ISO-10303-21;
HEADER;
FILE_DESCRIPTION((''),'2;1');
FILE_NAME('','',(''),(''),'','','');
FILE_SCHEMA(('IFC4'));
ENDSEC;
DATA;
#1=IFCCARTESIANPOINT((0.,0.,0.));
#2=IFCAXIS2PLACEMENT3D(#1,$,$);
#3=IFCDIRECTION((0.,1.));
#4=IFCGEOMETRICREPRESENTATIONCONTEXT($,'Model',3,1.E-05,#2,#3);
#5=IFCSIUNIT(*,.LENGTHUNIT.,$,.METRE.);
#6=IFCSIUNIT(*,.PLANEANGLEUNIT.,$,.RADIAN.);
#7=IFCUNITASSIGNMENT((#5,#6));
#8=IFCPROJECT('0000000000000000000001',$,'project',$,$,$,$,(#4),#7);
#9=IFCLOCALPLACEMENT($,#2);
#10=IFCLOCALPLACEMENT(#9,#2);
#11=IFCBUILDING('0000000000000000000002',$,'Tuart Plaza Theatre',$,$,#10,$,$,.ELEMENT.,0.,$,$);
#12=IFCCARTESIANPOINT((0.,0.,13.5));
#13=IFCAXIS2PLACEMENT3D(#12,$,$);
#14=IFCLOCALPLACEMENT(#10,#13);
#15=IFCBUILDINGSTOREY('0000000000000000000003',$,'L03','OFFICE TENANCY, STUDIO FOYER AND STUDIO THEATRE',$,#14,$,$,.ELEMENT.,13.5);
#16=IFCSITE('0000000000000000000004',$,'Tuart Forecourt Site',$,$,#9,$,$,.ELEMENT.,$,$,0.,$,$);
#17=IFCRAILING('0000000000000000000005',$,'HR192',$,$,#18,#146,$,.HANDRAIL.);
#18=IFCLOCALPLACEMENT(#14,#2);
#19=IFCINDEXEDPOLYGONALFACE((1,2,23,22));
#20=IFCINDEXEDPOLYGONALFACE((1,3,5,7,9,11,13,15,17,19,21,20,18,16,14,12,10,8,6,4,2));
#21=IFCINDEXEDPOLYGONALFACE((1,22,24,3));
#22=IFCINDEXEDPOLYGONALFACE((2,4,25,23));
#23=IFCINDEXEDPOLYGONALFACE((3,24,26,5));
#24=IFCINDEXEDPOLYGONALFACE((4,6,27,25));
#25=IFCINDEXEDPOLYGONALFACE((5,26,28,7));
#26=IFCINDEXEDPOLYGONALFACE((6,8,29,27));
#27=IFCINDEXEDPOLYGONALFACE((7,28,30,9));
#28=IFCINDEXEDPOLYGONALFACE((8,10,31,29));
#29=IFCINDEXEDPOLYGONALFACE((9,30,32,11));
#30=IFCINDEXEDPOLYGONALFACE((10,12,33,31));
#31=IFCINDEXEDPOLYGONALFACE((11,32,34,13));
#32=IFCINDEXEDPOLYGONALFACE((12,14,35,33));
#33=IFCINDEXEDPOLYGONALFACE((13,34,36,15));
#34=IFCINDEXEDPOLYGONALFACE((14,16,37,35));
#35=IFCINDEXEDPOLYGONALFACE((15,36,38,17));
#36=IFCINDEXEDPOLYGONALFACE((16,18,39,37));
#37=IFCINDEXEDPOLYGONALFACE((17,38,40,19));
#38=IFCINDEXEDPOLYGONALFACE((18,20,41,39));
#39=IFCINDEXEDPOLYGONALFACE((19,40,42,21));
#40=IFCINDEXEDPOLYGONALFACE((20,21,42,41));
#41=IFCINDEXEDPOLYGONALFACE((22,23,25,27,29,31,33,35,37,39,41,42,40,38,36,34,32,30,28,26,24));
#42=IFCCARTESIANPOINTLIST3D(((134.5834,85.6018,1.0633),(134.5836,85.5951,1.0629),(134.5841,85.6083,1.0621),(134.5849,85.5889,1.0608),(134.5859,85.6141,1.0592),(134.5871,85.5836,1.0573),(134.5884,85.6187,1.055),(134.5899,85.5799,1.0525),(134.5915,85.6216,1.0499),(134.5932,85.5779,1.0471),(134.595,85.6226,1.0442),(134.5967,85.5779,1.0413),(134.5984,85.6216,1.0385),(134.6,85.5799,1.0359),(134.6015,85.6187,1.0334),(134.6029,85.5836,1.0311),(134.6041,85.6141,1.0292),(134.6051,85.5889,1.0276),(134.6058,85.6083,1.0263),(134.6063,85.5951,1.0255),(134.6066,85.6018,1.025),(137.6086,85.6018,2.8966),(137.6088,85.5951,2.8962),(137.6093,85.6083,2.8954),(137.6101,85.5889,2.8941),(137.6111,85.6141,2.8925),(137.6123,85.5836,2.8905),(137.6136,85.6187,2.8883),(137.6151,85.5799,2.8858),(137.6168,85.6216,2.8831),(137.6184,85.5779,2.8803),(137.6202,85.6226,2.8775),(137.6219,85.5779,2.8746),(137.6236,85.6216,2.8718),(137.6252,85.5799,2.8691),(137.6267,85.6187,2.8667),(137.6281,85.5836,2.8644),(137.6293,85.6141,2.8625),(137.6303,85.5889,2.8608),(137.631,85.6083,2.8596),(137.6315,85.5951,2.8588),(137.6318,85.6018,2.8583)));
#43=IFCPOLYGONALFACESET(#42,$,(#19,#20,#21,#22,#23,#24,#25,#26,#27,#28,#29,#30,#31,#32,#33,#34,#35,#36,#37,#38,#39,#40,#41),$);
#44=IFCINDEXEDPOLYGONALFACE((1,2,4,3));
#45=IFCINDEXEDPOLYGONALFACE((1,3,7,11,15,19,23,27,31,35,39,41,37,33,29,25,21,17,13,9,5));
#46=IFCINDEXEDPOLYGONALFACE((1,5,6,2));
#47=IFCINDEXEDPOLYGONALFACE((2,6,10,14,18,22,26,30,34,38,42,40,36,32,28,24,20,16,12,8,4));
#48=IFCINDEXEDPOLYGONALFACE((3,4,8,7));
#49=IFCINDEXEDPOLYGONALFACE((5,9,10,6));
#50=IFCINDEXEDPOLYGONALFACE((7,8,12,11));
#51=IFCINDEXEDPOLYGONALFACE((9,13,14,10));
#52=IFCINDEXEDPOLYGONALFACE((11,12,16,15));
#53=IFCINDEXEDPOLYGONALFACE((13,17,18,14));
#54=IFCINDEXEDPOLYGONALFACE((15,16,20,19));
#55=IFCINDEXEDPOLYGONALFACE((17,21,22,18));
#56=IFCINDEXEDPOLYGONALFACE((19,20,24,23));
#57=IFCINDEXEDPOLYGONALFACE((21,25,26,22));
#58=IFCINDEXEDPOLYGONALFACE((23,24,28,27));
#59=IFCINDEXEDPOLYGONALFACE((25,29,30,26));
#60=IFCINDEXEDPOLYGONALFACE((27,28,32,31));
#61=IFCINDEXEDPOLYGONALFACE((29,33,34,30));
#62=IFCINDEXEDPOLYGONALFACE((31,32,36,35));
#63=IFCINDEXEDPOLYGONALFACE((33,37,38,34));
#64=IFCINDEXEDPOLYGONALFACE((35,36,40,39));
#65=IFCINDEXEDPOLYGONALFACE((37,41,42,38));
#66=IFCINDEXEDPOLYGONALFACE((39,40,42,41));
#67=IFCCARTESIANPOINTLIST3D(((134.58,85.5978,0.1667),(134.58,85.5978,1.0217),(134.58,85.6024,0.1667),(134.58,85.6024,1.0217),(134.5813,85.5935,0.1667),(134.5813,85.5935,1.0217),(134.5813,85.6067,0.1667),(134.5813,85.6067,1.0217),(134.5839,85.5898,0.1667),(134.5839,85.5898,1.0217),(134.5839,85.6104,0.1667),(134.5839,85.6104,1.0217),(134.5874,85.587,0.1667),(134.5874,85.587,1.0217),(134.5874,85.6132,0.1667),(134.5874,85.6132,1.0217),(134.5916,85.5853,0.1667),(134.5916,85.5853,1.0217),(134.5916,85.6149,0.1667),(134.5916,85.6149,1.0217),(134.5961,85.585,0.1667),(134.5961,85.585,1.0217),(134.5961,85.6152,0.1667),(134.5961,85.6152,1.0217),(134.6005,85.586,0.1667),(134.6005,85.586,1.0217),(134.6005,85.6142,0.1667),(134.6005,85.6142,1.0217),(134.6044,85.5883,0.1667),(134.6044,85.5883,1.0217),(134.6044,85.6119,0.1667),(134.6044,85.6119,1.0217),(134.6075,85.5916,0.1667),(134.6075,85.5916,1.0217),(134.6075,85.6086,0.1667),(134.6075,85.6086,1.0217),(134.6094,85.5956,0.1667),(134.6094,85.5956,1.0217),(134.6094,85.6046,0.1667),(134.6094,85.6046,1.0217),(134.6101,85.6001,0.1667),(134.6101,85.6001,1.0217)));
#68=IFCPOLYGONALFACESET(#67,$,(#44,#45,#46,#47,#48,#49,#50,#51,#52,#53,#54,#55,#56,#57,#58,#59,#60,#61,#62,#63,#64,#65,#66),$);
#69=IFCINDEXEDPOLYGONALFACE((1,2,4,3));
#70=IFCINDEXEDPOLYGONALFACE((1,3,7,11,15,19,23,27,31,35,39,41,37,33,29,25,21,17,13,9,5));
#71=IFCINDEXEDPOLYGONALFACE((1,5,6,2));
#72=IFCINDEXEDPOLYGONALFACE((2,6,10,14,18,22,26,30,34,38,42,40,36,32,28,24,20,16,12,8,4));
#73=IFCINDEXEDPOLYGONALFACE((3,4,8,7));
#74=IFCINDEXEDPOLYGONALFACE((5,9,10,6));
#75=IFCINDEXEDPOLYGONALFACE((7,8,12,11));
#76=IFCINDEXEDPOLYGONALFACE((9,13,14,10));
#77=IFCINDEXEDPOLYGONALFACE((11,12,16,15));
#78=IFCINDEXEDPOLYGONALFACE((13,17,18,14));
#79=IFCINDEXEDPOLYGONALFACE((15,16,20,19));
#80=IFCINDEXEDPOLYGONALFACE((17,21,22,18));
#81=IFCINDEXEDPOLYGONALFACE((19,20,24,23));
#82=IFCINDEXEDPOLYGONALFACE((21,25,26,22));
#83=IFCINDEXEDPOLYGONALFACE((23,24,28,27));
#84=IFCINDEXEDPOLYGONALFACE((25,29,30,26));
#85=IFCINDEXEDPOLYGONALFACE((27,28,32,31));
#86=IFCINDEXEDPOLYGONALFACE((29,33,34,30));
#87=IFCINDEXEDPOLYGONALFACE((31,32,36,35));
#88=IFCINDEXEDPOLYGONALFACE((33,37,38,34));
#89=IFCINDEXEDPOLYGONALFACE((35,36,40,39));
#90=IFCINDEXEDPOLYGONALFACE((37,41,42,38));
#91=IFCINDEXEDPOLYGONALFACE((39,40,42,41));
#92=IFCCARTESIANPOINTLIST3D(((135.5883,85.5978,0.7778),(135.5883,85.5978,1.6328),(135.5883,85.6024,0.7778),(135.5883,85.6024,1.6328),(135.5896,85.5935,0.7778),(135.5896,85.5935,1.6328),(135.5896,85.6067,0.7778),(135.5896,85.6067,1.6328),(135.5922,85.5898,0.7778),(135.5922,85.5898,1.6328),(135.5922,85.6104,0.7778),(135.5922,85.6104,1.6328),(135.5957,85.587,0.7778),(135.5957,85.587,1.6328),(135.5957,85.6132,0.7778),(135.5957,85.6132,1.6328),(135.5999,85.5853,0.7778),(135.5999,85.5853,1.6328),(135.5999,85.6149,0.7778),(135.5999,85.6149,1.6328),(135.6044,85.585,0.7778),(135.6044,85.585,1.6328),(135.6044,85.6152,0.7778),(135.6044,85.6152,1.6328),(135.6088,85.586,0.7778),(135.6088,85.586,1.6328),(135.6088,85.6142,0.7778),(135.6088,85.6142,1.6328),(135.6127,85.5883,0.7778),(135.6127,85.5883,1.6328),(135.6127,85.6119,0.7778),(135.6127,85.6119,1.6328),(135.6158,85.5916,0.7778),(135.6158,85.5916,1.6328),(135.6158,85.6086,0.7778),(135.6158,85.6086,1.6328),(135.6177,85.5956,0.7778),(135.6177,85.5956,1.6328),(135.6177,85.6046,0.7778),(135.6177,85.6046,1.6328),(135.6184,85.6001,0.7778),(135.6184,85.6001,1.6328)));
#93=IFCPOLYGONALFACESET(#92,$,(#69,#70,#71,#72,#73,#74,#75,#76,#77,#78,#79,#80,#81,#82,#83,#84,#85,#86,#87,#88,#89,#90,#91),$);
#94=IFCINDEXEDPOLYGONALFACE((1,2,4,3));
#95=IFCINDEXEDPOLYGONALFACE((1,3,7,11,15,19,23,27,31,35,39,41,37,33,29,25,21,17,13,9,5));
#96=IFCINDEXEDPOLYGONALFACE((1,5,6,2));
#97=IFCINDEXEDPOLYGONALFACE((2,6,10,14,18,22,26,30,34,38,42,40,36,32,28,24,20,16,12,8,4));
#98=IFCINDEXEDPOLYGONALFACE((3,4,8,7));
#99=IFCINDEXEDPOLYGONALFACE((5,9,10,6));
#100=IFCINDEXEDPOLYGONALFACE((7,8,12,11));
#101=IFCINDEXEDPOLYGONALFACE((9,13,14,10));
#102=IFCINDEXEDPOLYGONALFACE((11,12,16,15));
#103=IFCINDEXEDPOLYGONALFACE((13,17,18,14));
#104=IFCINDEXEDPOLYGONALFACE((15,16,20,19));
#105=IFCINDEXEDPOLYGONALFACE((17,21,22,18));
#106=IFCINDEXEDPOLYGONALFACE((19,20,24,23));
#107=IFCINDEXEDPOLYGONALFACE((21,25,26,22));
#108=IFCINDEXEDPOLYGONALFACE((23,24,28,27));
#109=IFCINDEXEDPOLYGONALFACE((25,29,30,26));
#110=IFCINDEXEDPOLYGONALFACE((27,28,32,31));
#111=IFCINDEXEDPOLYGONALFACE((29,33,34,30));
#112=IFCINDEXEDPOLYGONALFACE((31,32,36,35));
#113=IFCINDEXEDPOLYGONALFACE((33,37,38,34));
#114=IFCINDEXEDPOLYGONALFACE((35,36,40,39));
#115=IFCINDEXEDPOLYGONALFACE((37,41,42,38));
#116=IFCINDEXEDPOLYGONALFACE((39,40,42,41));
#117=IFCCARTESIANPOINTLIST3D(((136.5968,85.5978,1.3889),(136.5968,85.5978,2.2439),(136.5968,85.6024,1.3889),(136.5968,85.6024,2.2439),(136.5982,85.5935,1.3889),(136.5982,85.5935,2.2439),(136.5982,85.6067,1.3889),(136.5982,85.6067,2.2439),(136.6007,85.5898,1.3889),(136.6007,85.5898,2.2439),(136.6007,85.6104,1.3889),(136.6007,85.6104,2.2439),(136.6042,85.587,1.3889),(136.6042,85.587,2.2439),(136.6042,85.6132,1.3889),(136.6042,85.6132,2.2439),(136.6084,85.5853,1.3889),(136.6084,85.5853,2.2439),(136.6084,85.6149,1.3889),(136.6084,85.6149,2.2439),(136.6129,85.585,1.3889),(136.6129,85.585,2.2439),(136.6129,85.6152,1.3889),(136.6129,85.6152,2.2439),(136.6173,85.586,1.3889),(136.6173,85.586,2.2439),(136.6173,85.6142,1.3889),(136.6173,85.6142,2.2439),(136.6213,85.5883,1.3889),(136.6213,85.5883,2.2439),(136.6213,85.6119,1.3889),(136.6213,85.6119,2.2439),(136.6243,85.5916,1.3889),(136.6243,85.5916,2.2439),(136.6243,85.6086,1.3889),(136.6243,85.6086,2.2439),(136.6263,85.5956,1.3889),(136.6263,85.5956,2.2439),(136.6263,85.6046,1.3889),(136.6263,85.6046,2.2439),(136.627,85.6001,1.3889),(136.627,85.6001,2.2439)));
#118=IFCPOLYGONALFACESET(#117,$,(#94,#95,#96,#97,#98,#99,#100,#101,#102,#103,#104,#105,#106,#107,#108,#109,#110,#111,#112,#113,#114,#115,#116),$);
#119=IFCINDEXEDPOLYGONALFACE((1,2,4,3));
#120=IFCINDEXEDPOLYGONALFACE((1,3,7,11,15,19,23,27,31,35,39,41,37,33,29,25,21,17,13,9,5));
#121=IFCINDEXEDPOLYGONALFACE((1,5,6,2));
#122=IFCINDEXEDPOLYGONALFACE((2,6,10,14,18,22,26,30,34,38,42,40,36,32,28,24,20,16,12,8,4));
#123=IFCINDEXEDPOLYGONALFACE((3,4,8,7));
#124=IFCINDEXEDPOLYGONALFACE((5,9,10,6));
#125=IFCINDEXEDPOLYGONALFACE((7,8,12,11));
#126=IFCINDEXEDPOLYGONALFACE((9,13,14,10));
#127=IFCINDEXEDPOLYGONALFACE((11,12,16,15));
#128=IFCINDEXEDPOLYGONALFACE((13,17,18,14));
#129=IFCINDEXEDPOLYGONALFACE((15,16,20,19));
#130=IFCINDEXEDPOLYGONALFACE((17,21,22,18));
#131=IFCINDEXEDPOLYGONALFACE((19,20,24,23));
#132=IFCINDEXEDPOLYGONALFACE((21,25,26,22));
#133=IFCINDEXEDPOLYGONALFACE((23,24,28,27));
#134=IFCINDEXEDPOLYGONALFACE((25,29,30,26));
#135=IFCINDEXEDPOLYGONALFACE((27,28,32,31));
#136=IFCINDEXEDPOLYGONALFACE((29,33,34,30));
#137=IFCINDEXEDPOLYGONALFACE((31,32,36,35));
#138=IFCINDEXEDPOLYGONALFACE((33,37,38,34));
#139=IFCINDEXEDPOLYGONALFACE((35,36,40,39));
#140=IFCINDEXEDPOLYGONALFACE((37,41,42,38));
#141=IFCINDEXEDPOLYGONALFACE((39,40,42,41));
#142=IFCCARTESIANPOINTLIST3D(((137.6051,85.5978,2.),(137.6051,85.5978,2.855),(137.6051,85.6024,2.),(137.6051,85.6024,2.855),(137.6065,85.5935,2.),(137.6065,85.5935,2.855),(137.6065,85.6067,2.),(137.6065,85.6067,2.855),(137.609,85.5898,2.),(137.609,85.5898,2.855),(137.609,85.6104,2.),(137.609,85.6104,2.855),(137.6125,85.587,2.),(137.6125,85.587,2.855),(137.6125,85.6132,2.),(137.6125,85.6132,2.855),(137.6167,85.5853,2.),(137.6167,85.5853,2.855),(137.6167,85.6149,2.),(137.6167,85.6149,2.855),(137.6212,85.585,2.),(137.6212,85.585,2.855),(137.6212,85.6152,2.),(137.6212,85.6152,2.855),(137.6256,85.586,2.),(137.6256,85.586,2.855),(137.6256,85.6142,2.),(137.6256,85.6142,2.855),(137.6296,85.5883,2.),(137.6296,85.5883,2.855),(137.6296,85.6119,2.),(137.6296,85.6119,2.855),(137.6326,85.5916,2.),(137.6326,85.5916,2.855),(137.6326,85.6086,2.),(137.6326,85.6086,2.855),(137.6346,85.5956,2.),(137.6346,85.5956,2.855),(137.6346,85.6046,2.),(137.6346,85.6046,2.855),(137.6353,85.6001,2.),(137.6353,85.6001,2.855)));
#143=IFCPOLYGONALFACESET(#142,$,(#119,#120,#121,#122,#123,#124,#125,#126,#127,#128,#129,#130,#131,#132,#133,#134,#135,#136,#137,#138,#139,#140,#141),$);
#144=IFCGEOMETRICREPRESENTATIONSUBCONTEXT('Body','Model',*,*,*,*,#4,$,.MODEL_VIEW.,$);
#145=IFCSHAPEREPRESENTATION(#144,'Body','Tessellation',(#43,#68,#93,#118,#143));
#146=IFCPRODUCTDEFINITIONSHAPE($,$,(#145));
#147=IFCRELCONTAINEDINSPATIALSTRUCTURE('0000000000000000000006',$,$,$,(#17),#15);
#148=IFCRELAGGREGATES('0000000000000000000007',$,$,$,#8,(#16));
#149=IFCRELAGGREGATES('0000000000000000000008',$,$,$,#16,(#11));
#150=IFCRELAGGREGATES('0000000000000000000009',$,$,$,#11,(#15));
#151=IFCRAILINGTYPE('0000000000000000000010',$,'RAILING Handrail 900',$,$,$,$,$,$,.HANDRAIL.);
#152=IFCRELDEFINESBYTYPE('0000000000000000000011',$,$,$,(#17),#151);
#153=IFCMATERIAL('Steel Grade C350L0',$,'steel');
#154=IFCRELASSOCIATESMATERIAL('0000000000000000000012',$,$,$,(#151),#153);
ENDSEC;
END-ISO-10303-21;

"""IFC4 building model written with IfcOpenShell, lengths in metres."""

from ifc_helpers import new_model, si_unit, direction, frame, origin, origin_2d, place, context, subcontext, project, spatial, circle, extrude, material, type_object, element, save


model = new_model("IFC4")

# Units and contexts
model_context = context("Model", 3, precision=1e-05, world=origin(), true_north=direction((0.0, 1.0)))
body_context = subcontext(model_context, "Body", "Model", "MODEL_VIEW")
ifc_project = project(units=[si_unit("LENGTHUNIT", "METRE"), si_unit("PLANEANGLEUNIT", "RADIAN")], contexts=[model_context])

# Site, building, storey
site_placement = place(None, origin())
site = spatial("IfcSite", under=ifc_project, at=site_placement, Name="Tuart Forecourt Site", CompositionType="ELEMENT", RefElevation=0.0)
building_placement = place(site_placement, origin())
building = spatial("IfcBuilding", under=site, at=building_placement, Name="Tuart Plaza Theatre", CompositionType="ELEMENT", ElevationOfRefHeight=0.0)
storey_placement = place(building_placement, frame((0.0, 0.0, 13.5)))
storey = spatial("IfcBuildingStorey", under=building, at=storey_placement, Name="L03", Description="OFFICE TENANCY, STUDIO FOYER AND STUDIO THEATRE", CompositionType="ELEMENT", Elevation=13.5)

# Railing
ifc_material_1 = material(Name="Steel Grade C350L0", Category="steel")
railing_type_1 = type_object("IfcRailingType", Name="RAILING Handrail 900", PredefinedType="HANDRAIL", material=ifc_material_1)
for number, where, name in (
    (1, (134.595, 85.6001, 0.1667), "HR192"),
):
    element("IfcRailing", number, at=place(storey_placement, frame(where)), inside=storey, type_object=railing_type_1, Name=name, PredefinedType="HANDRAIL", context=body_context, shape_type="SweptSolid", body=[
        extrude(circle(Radius=0.0225, at=origin_2d()), frame((0.0, 0.0, 0.8774), z_axis=(0.855219, 0.0, 0.518267), x_axis=(0.0, 1.0, 0.0)), (0.0, 0.0, 1.0), 3.5374),
        extrude(circle(Radius=0.0151, at=origin_2d()), origin(), (0.0, 0.0, 1.0), 0.855),
        extrude(circle(Radius=0.0151, at=origin_2d()), frame((1.0083, 0.0, 0.6111)), (0.0, 0.0, 1.0), 0.855),
        extrude(circle(Radius=0.0151, at=origin_2d()), frame((2.0168, 0.0, 1.2222)), (0.0, 0.0, 1.0), 0.855),
        extrude(circle(Radius=0.0151, at=origin_2d()), frame((3.0251, 0.0, 1.8333)), (0.0, 0.0, 1.0), 0.855),
    ])

save(model, "model.ifc")
